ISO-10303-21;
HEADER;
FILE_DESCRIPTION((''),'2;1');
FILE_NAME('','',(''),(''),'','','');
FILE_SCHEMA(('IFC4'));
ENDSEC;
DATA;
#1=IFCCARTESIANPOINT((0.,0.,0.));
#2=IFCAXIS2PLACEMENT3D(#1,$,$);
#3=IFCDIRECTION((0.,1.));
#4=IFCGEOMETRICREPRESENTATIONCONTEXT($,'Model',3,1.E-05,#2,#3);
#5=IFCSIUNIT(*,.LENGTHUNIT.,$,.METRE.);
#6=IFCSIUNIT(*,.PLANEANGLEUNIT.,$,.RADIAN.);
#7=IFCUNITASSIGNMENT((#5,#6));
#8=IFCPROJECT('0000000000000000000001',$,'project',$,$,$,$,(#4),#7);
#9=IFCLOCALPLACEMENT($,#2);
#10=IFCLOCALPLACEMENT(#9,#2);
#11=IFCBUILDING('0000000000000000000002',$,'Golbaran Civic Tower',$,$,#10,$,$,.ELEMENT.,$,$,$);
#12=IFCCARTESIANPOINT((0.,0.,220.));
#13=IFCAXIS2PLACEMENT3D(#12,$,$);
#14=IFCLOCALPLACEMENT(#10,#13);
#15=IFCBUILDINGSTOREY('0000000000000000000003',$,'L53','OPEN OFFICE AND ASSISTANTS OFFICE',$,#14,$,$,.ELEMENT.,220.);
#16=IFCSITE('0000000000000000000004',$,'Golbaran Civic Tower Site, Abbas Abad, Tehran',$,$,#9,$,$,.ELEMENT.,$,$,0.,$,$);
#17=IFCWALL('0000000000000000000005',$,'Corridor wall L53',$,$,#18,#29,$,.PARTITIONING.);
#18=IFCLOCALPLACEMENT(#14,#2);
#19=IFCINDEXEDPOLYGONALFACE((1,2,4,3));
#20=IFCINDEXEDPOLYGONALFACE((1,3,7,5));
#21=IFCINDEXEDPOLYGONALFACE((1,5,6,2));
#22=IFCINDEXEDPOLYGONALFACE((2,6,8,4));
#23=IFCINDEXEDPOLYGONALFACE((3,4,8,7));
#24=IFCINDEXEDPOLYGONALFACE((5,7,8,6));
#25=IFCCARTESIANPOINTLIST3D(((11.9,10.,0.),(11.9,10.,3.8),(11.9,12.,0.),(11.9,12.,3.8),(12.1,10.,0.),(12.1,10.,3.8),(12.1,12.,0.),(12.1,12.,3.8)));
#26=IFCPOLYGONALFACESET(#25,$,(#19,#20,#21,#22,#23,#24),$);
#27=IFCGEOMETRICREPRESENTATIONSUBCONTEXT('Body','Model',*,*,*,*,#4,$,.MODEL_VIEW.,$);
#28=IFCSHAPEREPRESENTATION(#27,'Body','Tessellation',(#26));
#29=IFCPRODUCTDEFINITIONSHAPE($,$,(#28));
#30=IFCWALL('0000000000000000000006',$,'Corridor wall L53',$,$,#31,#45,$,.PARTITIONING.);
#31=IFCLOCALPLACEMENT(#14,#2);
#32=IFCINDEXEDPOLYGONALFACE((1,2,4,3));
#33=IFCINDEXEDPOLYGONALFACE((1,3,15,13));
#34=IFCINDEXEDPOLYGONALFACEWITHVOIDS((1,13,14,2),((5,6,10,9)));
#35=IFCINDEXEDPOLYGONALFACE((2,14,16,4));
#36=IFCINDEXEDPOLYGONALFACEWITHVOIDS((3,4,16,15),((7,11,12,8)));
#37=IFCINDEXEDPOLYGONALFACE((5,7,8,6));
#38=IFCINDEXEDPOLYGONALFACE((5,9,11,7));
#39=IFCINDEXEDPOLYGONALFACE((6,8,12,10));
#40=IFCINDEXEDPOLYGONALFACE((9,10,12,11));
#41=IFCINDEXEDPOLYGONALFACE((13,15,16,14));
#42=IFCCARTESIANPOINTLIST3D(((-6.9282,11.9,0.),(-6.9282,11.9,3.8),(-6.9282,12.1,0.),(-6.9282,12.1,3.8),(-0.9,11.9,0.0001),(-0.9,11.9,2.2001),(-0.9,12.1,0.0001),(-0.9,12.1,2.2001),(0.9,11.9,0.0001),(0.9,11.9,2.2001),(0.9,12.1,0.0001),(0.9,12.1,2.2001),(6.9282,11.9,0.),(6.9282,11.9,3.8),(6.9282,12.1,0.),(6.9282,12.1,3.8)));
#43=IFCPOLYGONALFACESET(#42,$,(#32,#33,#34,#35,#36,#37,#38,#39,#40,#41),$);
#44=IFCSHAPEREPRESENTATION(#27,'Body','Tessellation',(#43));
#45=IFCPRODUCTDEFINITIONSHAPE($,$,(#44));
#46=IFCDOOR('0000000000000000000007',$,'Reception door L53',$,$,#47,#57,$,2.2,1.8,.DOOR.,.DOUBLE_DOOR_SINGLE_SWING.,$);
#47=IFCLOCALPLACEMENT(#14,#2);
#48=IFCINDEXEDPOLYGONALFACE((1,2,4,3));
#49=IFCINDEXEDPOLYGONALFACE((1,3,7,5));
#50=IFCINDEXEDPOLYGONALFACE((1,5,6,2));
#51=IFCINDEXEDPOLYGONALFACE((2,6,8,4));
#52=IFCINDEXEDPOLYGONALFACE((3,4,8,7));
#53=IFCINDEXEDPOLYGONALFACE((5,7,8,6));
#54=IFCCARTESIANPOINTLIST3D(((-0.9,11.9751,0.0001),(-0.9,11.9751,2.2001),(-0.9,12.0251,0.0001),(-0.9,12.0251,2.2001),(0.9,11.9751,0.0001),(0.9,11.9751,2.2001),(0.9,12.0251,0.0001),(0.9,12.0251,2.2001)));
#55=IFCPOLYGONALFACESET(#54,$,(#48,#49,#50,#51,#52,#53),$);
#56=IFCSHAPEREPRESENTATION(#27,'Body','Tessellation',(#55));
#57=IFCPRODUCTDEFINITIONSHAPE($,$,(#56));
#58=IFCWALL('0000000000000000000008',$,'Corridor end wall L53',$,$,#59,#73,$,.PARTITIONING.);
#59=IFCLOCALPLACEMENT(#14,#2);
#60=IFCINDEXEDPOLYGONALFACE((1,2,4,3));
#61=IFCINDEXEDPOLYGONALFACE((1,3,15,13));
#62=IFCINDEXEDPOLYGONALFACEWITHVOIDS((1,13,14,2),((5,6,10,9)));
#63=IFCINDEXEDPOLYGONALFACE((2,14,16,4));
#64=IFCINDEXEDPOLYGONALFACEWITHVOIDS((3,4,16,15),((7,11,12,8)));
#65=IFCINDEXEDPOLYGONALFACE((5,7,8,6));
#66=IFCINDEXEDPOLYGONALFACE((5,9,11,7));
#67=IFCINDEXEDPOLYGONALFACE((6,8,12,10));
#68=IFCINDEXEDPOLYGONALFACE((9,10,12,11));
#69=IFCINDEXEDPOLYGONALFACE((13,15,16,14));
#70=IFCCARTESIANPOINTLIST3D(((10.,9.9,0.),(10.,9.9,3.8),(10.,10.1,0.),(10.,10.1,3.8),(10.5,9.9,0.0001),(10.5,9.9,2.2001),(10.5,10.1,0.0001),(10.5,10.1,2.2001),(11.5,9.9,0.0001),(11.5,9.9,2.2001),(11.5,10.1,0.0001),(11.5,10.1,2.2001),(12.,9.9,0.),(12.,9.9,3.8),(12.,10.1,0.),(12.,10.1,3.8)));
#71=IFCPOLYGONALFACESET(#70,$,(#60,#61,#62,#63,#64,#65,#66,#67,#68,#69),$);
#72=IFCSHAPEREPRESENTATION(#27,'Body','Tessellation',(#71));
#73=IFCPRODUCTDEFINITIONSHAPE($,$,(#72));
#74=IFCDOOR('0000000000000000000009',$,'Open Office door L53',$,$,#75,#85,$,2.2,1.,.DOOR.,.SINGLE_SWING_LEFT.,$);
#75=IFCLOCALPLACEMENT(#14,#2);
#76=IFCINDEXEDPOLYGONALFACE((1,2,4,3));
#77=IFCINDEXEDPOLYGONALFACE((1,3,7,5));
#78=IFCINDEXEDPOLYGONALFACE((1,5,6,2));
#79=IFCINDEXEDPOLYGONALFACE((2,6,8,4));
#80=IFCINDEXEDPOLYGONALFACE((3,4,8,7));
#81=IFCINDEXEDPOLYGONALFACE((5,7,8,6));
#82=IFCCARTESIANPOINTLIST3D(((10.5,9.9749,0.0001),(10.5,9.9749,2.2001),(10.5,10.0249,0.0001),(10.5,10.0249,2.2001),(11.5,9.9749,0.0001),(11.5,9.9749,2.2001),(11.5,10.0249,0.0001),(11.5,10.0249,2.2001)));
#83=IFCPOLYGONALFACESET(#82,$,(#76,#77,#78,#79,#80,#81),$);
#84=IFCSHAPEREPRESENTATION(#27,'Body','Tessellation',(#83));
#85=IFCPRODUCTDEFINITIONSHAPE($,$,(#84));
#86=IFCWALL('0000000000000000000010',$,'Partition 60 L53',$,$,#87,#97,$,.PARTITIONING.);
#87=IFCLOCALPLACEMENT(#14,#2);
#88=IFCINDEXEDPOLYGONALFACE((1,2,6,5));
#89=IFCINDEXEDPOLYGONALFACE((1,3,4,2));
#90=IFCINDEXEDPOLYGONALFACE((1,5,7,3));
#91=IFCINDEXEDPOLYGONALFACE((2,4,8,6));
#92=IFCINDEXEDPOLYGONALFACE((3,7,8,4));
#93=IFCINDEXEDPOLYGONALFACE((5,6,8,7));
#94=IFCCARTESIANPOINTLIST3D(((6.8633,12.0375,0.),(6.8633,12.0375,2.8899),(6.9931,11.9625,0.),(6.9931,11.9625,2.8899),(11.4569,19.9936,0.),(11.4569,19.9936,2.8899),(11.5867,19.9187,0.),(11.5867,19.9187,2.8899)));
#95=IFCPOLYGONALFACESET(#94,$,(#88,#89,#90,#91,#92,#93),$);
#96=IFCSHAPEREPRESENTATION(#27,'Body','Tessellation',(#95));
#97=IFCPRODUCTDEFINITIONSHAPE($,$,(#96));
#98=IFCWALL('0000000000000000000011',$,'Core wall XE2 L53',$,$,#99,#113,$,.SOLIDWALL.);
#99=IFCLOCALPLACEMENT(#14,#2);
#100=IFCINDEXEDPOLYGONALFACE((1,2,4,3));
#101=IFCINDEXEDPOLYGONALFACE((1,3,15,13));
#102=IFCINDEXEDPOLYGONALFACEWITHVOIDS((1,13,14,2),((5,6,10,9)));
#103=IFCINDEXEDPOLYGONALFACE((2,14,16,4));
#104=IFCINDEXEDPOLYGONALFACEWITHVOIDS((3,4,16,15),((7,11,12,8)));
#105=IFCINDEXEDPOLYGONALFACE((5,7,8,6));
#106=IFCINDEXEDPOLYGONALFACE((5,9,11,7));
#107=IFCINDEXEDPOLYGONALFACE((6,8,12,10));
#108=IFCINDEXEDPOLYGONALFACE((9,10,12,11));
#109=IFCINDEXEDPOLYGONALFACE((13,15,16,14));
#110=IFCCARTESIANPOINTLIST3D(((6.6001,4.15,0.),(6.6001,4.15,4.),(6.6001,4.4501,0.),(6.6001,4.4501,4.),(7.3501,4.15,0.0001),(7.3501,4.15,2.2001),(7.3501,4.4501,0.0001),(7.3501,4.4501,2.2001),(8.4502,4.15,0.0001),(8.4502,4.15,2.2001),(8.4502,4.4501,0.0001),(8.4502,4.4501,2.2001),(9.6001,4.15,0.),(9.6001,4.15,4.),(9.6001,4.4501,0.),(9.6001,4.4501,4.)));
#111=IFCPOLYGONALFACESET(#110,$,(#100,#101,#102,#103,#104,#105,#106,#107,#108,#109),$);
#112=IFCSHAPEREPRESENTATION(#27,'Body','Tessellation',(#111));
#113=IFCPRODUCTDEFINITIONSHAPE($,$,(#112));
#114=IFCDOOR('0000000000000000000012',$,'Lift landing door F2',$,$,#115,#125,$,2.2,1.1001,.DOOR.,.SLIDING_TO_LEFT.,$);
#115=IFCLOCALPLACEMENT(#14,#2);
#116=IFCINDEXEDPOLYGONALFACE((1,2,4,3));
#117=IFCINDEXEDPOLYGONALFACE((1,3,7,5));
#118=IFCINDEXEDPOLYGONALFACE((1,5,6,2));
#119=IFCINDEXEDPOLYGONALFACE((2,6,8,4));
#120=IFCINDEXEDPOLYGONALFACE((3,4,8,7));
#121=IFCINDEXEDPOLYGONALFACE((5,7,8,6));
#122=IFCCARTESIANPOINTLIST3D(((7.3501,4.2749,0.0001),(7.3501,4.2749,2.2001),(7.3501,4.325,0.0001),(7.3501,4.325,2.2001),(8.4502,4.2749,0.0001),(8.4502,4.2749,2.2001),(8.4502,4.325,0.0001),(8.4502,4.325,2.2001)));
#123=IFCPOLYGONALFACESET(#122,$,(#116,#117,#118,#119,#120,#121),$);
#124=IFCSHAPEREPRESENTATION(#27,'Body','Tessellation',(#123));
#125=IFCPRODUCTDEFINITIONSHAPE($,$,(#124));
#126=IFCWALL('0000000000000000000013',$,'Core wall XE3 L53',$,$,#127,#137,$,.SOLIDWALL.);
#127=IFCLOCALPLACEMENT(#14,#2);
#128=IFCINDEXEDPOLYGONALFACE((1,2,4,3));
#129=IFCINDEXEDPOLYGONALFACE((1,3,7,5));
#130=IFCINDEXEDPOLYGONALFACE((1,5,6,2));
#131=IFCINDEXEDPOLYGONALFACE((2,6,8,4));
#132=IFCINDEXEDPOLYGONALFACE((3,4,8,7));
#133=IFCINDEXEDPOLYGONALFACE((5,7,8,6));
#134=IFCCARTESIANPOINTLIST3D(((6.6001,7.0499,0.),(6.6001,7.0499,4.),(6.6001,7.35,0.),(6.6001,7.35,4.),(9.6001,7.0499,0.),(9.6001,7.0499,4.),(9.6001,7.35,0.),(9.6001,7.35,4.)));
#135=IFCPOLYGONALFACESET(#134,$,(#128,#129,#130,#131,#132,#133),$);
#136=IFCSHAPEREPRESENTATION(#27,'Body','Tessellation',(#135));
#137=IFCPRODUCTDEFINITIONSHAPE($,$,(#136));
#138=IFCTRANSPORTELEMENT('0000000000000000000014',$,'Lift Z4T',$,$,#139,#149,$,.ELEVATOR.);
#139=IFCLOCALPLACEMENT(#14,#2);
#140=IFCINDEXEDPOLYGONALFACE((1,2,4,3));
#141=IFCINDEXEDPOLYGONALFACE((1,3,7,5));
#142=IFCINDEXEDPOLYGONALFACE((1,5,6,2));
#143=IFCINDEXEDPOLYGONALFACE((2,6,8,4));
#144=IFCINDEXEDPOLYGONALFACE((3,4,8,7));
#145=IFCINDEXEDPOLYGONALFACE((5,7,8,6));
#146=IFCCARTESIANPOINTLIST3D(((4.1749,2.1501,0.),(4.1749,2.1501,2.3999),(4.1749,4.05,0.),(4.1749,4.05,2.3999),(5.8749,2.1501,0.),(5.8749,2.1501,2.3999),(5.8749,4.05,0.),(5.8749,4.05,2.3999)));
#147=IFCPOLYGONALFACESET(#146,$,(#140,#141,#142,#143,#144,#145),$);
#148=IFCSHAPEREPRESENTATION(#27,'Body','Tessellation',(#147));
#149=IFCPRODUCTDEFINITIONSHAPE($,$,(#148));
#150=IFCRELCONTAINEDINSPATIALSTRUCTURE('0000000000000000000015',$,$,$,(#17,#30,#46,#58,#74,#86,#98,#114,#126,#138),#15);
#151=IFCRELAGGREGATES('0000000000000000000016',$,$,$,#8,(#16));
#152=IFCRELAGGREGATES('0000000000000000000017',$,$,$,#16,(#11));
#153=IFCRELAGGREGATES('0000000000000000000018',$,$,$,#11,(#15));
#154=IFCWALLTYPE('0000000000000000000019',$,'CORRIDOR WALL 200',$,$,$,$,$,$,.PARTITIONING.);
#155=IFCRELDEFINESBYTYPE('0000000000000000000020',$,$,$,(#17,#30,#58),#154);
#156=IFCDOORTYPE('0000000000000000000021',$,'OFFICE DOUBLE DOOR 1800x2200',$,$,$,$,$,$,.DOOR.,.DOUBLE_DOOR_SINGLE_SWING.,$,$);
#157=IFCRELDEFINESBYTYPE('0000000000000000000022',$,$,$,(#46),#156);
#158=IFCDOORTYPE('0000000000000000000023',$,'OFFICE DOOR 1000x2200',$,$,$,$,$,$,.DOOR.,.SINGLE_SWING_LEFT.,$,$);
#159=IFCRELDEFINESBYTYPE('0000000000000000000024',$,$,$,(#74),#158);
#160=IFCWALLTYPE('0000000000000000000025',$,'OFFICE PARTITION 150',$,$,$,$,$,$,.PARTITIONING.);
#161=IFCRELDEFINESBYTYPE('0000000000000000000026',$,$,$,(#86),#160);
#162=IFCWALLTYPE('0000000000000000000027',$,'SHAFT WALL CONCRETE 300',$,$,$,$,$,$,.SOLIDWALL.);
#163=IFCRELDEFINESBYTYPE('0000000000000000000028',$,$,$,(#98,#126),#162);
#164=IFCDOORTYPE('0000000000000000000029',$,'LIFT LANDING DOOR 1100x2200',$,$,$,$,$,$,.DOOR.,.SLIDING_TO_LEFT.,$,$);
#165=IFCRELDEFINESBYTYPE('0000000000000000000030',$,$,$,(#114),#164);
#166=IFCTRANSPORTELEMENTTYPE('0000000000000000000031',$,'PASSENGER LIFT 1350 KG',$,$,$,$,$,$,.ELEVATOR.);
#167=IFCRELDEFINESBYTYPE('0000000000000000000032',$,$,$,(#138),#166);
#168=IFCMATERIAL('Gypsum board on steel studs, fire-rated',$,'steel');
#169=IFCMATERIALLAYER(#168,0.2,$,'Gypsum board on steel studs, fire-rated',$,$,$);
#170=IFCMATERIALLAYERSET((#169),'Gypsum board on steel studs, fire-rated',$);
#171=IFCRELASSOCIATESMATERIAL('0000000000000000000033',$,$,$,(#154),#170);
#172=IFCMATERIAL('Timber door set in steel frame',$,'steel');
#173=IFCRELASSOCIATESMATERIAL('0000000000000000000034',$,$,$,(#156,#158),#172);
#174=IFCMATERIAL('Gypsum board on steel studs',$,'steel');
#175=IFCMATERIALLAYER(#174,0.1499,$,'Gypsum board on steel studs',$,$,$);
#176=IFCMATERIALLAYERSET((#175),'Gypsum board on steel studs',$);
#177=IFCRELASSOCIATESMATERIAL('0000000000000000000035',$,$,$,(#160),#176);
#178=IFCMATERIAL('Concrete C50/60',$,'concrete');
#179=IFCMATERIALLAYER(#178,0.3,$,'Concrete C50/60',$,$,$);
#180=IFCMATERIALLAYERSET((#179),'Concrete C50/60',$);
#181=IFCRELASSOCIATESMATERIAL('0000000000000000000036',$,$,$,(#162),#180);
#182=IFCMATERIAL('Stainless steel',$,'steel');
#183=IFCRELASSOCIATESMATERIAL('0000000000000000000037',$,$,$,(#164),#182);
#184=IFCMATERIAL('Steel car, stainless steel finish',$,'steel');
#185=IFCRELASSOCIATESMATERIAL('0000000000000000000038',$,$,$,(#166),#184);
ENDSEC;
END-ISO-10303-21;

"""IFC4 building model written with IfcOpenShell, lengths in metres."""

from ifc_helpers import new_model, si_unit, direction, frame, frame_2d, origin, origin_2d, place, context, subcontext, project, spatial, rectangle, extrude, material, layer, layer_set, type_object, element, fill, save


model = new_model("IFC4")

# Units and contexts
model_context = context("Model", 3, precision=1e-05, world=origin(), true_north=direction((0.0, 1.0)))
body_context = subcontext(model_context, "Body", "Model", "MODEL_VIEW")
ifc_project = project(units=[si_unit("LENGTHUNIT", "METRE"), si_unit("PLANEANGLEUNIT", "RADIAN")], contexts=[model_context])

# Site, building, storey
site_placement = place(None, origin())
site = spatial("IfcSite", under=ifc_project, at=site_placement, Name="Golbaran Civic Tower Site, Abbas Abad, Tehran", CompositionType="ELEMENT", RefElevation=0.0)
building_placement = place(site_placement, origin())
building = spatial("IfcBuilding", under=site, at=building_placement, Name="Golbaran Civic Tower", CompositionType="ELEMENT")
storey_placement = place(building_placement, frame((0.0, 0.0, 220.0)))
storey = spatial("IfcBuildingStorey", under=building, at=storey_placement, Name="L53", Description="OPEN OFFICE AND ASSISTANTS OFFICE", CompositionType="ELEMENT", Elevation=220.0)

# Shared definitions
ifc_material_1 = material(Name="Concrete C50/60", Category="concrete")
ifc_material_2 = material(Name="Timber door set in steel frame", Category="steel")

# Wall
ifc_material_3 = material(Name="Gypsum board on steel studs, fire-rated", Category="steel")
ifc_layer_1 = layer(ifc_material_3, 0.2, Name="Gypsum board on steel studs, fire-rated")
ifc_layer_set_1 = layer_set([ifc_layer_1], Name="Gypsum board on steel studs, fire-rated")
wall_type_1 = type_object("IfcWallType", Name="CORRIDOR WALL 200", PredefinedType="PARTITIONING", material=ifc_layer_set_1)
wall_1_placement = place(storey_placement, frame((12.0, 10.0, 0.0), z_axis=(0.0, 0.0, 1.0), x_axis=(0.0, 1.0, 0.0)))
element("IfcWall", 1, at=wall_1_placement, inside=storey, type_object=wall_type_1, Name="Corridor wall L53", PredefinedType="PARTITIONING", context=body_context, shape_type="SweptSolid", body=[
    extrude(rectangle(XDim=2.0, YDim=0.2, at=frame_2d((1.0, 0.0))), origin(), (0.0, 0.0, 1.0), 3.8),
])

# Walls, openings, doors
wall_2_placement = place(storey_placement, frame((6.9282, 12.0, 0.0), z_axis=(0.0, 0.0, 1.0), x_axis=(-1.0, 0.0, 0.0)))
wall_2 = element("IfcWall", 2, at=wall_2_placement, inside=storey, type_object=wall_type_1, Name="Corridor wall L53", PredefinedType="PARTITIONING", context=body_context, shape_type="SweptSolid", body=[
    extrude(rectangle(XDim=13.8564, YDim=0.2, at=frame_2d((6.9282, 0.0))), origin(), (0.0, 0.0, 1.0), 3.8),
])
opening_1_placement = place(wall_2_placement, frame((6.0283, 0.0, 0.0)))
opening_1 = element("IfcOpeningElement", 3, at=opening_1_placement, cuts=wall_2, PredefinedType="OPENING", context=body_context, shape_type="SweptSolid", body=[
    extrude(rectangle(XDim=1.8, YDim=2.2, at=frame_2d((0.8999, 1.1001))), frame((0.0, 0.1099, 0.0), z_axis=(0.0, -1.0, 0.0), x_axis=(1.0, 0.0, 0.0)), (0.0, 0.0, 1.0), 0.22),
])
door_type_1 = type_object("IfcDoorType", Name="OFFICE DOUBLE DOOR 1800x2200", OperationType="DOUBLE_DOOR_SINGLE_SWING", PredefinedType="DOOR", material=ifc_material_2)
door_1_placement = place(opening_1_placement, origin())
door_1 = element("IfcDoor", 4, at=door_1_placement, inside=storey, type_object=door_type_1, Name="Reception door L53", OperationType="DOUBLE_DOOR_SINGLE_SWING", OverallHeight=2.2, OverallWidth=1.8, PredefinedType="DOOR", context=body_context, shape_type="SweptSolid", body=[
    extrude(rectangle(XDim=1.8, YDim=2.2, at=frame_2d((0.8999, 1.1001))), frame((0.0, 0.0249, 0.0), z_axis=(0.0, -1.0, 0.0), x_axis=(1.0, 0.0, 0.0)), (0.0, 0.0, 1.0), 0.05),
])
fill(opening_1, door_1)
wall_3_placement = place(storey_placement, frame((10.0, 10.0, 0.0), z_axis=(0.0, 0.0, 1.0), x_axis=(1.0, 0.0, 0.0)))
wall_3 = element("IfcWall", 5, at=wall_3_placement, inside=storey, type_object=wall_type_1, Name="Corridor end wall L53", PredefinedType="PARTITIONING", context=body_context, shape_type="SweptSolid", body=[
    extrude(rectangle(XDim=2.0, YDim=0.2, at=frame_2d((1.0, 0.0))), origin(), (0.0, 0.0, 1.0), 3.8),
])
opening_2_placement = place(wall_3_placement, frame((0.5, 0.0, 0.0)))
opening_2 = element("IfcOpeningElement", 6, at=opening_2_placement, cuts=wall_3, PredefinedType="OPENING", context=body_context, shape_type="SweptSolid", body=[
    extrude(rectangle(XDim=1.0, YDim=2.2, at=frame_2d((0.5, 1.1001))), frame((0.0, 0.1099, 0.0), z_axis=(0.0, -1.0, 0.0), x_axis=(1.0, 0.0, 0.0)), (0.0, 0.0, 1.0), 0.22),
])
door_type_2 = type_object("IfcDoorType", Name="OFFICE DOOR 1000x2200", OperationType="SINGLE_SWING_LEFT", PredefinedType="DOOR", material=ifc_material_2)
door_2_placement = place(opening_2_placement, origin())
door_2 = element("IfcDoor", 7, at=door_2_placement, inside=storey, type_object=door_type_2, Name="Open Office door L53", OperationType="SINGLE_SWING_LEFT", OverallHeight=2.2, OverallWidth=1.0, PredefinedType="DOOR", context=body_context, shape_type="SweptSolid", body=[
    extrude(rectangle(XDim=1.0, YDim=2.2, at=frame_2d((0.5, 1.1001))), frame((0.0, 0.0249, 0.0), z_axis=(0.0, -1.0, 0.0), x_axis=(1.0, 0.0, 0.0)), (0.0, 0.0, 1.0), 0.05),
])
fill(opening_2, door_2)

# Wall
ifc_material_4 = material(Name="Gypsum board on steel studs", Category="steel")
ifc_layer_2 = layer(ifc_material_4, 0.1499, Name="Gypsum board on steel studs")
ifc_layer_set_2 = layer_set([ifc_layer_2], Name="Gypsum board on steel studs")
wall_type_2 = type_object("IfcWallType", Name="OFFICE PARTITION 150", PredefinedType="PARTITIONING", material=ifc_layer_set_2)
wall_4_placement = place(storey_placement, frame((6.9282, 12.0, 0.0), z_axis=(0.0, 0.0, 1.0), x_axis=(0.500006, 0.866022, 0.0)))
element("IfcWall", 8, at=wall_4_placement, inside=storey, type_object=wall_type_2, Name="Partition 60 L53", PredefinedType="PARTITIONING", context=body_context, shape_type="SweptSolid", body=[
    extrude(rectangle(XDim=9.187, YDim=0.1499, at=frame_2d((4.5935, 0.0))), origin(), (0.0, 0.0, 1.0), 2.8899),
])

# Wall, opening, door
ifc_layer_3 = layer(ifc_material_1, 0.3, Name="Concrete C50/60")
ifc_layer_set_3 = layer_set([ifc_layer_3], Name="Concrete C50/60")
wall_type_3 = type_object("IfcWallType", Name="SHAFT WALL CONCRETE 300", PredefinedType="SOLIDWALL", material=ifc_layer_set_3)
wall_5_placement = place(storey_placement, frame((6.6001, 4.3, 0.0), z_axis=(0.0, 0.0, 1.0), x_axis=(1.0, 0.0, 0.0)))
wall_5 = element("IfcWall", 9, at=wall_5_placement, inside=storey, type_object=wall_type_3, Name="Core wall XE2 L53", PredefinedType="SOLIDWALL", context=body_context, shape_type="SweptSolid", body=[
    extrude(rectangle(XDim=3.0, YDim=0.3, at=frame_2d((1.5, 0.0))), origin(), (0.0, 0.0, 1.0), 4.0),
])
opening_3_placement = place(wall_5_placement, frame((0.75, 0.0, 0.0)))
opening_3 = element("IfcOpeningElement", 10, at=opening_3_placement, cuts=wall_5, PredefinedType="OPENING", context=body_context, shape_type="SweptSolid", body=[
    extrude(rectangle(XDim=1.1001, YDim=2.2, at=frame_2d((0.55, 1.1001))), frame((0.0, 0.1599, 0.0), z_axis=(0.0, -1.0, 0.0), x_axis=(1.0, 0.0, 0.0)), (0.0, 0.0, 1.0), 0.3201),
])
ifc_material_5 = material(Name="Stainless steel", Category="steel")
door_type_3 = type_object("IfcDoorType", Name="LIFT LANDING DOOR 1100x2200", OperationType="SLIDING_TO_LEFT", PredefinedType="DOOR", material=ifc_material_5)
door_3_placement = place(opening_3_placement, origin())
door_3 = element("IfcDoor", 11, at=door_3_placement, inside=storey, type_object=door_type_3, Name="Lift landing door F2", OperationType="SLIDING_TO_LEFT", OverallHeight=2.2, OverallWidth=1.1001, PredefinedType="DOOR", context=body_context, shape_type="SweptSolid", body=[
    extrude(rectangle(XDim=1.1001, YDim=2.2, at=frame_2d((0.55, 1.1001))), frame((0.0, 0.0249, 0.0), z_axis=(0.0, -1.0, 0.0), x_axis=(1.0, 0.0, 0.0)), (0.0, 0.0, 1.0), 0.05),
])
fill(opening_3, door_3)

# Wall
wall_6_placement = place(storey_placement, frame((6.6001, 7.2, 0.0), z_axis=(0.0, 0.0, 1.0), x_axis=(1.0, 0.0, 0.0)))
element("IfcWall", 12, at=wall_6_placement, inside=storey, type_object=wall_type_3, Name="Core wall XE3 L53", PredefinedType="SOLIDWALL", context=body_context, shape_type="SweptSolid", body=[
    extrude(rectangle(XDim=3.0, YDim=0.3, at=frame_2d((1.5, 0.0))), origin(), (0.0, 0.0, 1.0), 4.0),
])

# Transport element
ifc_material_6 = material(Name="Steel car, stainless steel finish", Category="steel")
transport_element_type = type_object("IfcTransportElementType", Name="PASSENGER LIFT 1350 KG", PredefinedType="ELEVATOR", material=ifc_material_6)
transport_element_placement = place(storey_placement, frame((5.0249, 3.1001, 0.0), z_axis=(0.0, 0.0, 1.0), x_axis=(1.0, 0.0, 0.0)))
element("IfcTransportElement", 13, at=transport_element_placement, inside=storey, type_object=transport_element_type, Name="Lift Z4T", PredefinedType="ELEVATOR", context=body_context, shape_type="SweptSolid", body=[
    extrude(rectangle(XDim=1.7, YDim=1.8999, at=origin_2d()), origin(), (0.0, 0.0, 1.0), 2.3999),
])

save(model, "model.ifc")
